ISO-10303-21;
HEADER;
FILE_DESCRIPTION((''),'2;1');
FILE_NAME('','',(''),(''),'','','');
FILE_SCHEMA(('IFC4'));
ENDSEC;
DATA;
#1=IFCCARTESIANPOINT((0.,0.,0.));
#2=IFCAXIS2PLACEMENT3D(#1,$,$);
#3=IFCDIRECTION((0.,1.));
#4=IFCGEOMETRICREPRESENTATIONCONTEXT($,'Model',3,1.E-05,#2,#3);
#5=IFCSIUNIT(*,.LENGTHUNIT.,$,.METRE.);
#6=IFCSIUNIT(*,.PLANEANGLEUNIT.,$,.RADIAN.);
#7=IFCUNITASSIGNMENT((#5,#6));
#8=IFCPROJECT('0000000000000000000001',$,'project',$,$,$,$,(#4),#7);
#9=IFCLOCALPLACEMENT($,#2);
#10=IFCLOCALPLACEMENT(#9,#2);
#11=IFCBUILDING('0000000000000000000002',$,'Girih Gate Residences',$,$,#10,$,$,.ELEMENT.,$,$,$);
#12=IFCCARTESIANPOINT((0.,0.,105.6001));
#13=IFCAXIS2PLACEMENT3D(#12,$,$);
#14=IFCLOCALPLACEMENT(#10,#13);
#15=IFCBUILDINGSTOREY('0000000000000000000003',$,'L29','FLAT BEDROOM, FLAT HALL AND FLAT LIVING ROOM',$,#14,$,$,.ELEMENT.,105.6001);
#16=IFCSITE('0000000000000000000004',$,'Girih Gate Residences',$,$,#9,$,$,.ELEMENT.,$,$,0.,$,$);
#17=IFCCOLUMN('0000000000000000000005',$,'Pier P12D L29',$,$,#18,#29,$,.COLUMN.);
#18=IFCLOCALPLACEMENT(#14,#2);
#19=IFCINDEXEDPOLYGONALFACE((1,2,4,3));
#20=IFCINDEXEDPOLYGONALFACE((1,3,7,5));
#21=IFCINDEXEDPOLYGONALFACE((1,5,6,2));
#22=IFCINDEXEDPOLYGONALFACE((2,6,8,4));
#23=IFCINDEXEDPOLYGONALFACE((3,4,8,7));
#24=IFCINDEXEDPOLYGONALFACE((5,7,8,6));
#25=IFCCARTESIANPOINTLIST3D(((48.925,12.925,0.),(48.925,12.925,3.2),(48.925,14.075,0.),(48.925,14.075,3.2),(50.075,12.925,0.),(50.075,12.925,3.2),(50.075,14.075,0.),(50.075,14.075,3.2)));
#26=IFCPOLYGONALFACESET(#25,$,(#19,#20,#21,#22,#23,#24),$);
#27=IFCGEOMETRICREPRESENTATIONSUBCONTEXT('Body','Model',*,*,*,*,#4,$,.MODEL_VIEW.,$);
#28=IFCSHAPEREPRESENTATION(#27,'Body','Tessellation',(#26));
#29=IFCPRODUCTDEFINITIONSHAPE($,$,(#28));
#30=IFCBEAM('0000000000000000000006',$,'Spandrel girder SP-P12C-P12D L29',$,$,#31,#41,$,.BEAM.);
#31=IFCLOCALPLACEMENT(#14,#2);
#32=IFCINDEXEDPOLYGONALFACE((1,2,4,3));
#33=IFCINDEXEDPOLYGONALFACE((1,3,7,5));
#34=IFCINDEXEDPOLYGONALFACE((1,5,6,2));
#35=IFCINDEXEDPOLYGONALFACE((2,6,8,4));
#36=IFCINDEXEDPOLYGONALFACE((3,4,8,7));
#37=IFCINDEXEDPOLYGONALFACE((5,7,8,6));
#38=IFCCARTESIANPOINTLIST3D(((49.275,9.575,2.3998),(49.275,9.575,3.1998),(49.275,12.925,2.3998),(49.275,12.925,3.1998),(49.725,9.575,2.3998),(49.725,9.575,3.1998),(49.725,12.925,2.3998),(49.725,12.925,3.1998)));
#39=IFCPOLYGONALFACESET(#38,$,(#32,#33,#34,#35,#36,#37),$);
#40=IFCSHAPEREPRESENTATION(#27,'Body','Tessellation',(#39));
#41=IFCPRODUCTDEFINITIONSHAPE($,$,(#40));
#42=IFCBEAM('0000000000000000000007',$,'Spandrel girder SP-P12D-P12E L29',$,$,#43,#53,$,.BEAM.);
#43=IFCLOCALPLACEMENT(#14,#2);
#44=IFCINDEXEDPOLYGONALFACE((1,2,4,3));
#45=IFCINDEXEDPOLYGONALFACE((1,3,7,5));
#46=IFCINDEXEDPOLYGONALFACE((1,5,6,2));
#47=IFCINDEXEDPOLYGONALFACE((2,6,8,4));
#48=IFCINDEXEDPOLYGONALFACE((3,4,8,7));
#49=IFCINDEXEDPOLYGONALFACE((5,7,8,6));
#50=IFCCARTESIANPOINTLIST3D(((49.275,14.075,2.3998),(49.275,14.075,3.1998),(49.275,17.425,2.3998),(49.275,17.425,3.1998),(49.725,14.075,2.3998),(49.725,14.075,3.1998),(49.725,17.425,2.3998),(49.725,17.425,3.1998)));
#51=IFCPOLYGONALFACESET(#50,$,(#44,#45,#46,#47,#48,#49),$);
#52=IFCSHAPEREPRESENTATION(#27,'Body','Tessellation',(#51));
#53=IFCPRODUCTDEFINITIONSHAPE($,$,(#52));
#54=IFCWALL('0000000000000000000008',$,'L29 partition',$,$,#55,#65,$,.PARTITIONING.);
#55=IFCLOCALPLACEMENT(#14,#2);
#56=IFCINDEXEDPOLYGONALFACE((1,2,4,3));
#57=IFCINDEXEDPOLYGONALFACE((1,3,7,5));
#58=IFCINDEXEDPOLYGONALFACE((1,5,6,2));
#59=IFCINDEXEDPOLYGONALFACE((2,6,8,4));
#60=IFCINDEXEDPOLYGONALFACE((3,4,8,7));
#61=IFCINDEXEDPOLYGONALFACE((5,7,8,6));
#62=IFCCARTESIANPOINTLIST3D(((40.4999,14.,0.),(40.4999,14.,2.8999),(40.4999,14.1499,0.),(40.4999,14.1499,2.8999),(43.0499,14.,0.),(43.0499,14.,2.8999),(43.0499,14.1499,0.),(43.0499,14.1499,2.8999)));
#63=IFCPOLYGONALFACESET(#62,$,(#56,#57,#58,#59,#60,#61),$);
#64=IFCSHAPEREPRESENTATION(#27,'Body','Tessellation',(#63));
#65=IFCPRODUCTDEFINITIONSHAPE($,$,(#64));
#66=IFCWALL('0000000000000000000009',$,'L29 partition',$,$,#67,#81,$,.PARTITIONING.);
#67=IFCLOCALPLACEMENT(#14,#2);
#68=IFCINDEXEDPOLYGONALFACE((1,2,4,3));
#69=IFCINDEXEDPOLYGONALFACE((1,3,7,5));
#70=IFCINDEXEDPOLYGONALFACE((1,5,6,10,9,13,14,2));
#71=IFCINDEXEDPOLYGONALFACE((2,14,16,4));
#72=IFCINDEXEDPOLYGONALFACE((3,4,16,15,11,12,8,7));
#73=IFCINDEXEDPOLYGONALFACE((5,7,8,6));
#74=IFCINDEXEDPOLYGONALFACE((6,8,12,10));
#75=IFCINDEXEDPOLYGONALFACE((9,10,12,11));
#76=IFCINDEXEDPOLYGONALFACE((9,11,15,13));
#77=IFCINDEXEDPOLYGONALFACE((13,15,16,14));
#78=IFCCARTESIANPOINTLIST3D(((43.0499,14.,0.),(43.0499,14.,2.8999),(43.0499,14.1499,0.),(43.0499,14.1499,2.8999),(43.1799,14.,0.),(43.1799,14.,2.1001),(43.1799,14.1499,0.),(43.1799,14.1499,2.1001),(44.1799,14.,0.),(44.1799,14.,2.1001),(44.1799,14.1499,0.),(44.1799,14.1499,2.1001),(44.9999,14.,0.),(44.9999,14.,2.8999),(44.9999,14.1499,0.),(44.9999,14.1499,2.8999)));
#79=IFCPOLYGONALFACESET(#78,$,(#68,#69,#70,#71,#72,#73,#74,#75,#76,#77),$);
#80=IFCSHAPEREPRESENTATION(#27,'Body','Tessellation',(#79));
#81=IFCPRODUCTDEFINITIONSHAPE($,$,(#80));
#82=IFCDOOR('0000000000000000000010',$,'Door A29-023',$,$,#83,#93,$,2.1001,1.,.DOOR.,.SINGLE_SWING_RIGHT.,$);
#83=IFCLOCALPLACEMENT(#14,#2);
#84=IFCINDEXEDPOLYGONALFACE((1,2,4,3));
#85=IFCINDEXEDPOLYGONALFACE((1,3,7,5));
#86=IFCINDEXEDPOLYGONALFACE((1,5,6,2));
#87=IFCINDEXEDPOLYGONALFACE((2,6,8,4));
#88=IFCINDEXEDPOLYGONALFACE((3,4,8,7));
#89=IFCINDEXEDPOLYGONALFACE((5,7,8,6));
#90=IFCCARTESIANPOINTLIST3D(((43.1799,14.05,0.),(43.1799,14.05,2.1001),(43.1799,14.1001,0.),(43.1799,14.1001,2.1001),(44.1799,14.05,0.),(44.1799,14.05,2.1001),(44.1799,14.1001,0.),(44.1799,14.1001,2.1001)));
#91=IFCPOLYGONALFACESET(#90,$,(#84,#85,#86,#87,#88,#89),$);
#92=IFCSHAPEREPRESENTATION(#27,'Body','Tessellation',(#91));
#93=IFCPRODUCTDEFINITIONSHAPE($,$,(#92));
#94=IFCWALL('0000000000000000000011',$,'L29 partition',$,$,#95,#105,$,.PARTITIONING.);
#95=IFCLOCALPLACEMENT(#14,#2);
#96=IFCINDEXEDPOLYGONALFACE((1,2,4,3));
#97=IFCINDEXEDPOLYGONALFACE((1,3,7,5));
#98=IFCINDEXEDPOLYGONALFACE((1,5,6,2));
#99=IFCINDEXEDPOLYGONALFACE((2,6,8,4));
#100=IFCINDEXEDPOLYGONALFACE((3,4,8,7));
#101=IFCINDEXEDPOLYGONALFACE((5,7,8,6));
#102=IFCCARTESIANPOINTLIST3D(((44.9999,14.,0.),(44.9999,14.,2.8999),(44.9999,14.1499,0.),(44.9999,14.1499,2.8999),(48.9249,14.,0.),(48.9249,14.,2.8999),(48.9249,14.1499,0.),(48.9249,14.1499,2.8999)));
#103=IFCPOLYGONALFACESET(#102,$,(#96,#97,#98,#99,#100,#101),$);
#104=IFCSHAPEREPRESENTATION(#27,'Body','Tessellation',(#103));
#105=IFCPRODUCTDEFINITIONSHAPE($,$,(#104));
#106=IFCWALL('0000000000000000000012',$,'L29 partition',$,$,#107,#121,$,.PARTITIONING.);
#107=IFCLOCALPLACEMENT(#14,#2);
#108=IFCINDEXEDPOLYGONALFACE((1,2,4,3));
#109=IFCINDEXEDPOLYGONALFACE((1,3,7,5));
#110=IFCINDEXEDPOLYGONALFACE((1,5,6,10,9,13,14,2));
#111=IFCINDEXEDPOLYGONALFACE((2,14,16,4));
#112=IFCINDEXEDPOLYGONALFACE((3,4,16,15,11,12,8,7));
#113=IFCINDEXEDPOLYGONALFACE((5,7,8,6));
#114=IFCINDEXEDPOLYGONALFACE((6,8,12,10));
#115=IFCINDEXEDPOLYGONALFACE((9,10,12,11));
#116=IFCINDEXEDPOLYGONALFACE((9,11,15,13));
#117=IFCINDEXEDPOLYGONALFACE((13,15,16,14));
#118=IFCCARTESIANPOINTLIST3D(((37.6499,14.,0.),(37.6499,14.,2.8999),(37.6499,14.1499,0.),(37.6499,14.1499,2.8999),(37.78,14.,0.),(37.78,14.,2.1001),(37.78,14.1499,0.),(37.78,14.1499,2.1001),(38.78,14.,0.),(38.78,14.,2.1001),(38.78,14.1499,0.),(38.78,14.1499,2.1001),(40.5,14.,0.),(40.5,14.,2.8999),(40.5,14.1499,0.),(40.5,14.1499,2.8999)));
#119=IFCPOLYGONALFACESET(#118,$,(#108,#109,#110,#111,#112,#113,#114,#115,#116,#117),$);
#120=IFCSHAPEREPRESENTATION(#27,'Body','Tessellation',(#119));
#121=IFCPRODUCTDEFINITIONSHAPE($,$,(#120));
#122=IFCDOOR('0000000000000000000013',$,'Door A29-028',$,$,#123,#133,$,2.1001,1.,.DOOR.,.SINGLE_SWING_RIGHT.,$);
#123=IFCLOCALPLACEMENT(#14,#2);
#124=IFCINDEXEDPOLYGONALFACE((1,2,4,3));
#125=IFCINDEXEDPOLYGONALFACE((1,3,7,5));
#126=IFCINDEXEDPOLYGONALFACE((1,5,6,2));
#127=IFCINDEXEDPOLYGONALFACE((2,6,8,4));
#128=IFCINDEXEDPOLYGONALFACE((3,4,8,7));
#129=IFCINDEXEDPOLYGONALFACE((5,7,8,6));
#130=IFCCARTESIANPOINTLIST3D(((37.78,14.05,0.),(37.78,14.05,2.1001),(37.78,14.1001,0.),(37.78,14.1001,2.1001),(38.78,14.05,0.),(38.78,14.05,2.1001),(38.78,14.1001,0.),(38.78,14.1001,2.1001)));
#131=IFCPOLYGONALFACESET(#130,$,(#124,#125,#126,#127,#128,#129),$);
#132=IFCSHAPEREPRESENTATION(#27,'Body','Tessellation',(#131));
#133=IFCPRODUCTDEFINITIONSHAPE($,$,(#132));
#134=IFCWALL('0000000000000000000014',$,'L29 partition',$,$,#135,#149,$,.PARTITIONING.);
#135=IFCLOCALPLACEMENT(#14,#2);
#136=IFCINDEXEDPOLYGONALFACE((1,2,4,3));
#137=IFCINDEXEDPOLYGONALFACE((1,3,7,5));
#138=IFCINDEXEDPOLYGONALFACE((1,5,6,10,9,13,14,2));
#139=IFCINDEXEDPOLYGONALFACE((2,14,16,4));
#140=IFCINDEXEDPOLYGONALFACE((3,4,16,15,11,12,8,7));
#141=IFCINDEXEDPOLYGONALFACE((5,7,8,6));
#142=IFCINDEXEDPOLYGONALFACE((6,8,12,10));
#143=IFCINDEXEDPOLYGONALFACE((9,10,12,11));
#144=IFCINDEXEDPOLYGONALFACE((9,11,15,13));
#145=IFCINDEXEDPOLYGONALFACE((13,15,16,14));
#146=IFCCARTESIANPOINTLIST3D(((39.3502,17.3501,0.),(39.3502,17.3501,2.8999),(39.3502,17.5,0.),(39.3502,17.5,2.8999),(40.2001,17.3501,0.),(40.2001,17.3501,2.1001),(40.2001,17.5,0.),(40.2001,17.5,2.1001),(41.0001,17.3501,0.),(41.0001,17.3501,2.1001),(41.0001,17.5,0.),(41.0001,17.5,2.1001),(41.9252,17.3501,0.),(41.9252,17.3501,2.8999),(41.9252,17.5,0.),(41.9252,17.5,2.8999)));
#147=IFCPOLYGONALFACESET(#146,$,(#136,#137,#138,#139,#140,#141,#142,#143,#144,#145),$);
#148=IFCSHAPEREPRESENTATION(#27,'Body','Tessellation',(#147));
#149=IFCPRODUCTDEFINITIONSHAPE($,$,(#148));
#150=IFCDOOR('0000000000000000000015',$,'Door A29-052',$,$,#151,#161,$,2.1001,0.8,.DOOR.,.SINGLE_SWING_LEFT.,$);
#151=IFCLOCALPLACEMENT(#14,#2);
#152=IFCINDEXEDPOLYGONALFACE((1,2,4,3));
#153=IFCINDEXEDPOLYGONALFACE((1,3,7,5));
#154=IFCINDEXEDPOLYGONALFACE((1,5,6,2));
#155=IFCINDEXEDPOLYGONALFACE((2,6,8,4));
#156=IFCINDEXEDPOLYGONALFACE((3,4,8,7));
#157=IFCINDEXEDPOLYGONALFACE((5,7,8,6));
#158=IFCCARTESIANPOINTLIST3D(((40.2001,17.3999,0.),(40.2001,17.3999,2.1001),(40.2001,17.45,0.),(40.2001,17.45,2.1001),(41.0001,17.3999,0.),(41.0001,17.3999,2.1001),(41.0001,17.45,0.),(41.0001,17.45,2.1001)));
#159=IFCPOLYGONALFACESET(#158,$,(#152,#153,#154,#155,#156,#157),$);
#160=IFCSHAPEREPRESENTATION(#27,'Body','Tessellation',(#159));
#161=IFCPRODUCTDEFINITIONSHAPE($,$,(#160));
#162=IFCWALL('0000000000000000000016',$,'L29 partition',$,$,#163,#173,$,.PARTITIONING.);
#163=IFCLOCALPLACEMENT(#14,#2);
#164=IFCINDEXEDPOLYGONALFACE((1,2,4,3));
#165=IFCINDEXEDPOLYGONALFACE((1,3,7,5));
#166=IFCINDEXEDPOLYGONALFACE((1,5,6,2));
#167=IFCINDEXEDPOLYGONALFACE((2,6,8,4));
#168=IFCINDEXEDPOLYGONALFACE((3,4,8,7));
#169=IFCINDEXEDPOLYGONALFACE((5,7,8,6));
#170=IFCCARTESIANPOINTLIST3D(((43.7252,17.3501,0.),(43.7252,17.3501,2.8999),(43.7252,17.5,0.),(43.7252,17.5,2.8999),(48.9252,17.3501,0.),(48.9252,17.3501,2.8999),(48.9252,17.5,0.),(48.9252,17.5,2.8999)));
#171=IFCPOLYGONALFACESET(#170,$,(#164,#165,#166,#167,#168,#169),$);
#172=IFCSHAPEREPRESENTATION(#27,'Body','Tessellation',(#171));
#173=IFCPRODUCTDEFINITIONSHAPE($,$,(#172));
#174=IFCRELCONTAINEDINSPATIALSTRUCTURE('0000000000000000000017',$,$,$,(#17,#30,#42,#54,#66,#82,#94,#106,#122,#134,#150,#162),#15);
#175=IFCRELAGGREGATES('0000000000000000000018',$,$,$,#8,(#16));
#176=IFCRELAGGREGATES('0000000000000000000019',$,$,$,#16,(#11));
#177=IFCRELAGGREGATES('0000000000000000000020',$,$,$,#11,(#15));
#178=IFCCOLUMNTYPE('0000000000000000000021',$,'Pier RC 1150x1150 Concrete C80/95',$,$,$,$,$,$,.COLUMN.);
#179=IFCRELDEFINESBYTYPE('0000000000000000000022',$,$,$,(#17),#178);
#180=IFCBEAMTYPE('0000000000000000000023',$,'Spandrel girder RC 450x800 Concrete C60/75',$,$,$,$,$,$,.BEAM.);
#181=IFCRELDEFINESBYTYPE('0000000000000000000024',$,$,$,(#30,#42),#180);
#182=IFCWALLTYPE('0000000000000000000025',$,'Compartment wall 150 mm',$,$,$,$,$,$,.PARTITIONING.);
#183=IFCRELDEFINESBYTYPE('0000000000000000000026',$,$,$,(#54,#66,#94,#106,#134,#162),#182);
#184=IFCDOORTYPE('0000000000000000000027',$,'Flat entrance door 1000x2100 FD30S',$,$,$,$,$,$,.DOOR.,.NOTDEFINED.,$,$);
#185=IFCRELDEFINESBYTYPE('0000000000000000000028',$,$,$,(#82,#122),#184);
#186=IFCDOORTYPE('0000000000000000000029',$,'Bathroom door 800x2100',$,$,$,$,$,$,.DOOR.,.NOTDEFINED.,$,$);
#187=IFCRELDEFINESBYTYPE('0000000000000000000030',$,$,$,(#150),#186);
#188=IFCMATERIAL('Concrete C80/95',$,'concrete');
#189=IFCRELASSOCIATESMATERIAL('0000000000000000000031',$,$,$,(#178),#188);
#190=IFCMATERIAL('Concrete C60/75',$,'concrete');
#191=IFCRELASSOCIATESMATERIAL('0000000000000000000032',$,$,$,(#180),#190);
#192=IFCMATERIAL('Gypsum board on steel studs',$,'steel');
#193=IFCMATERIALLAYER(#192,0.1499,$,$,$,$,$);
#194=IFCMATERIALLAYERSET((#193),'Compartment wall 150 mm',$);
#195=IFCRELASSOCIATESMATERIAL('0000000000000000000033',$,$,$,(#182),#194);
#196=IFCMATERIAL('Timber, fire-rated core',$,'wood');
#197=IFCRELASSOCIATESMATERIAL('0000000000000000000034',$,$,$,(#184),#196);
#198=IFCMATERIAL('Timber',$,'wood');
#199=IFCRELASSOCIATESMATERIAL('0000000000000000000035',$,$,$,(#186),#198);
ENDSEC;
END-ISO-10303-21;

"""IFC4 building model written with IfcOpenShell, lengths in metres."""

from ifc_helpers import new_model, si_unit, direction, frame, frame_2d, origin, origin_2d, place, context, subcontext, project, spatial, rectangle, extrude, material, layer, layer_set, material_profile, profile_set, type_object, element, fill, save


model = new_model("IFC4")

# Units and contexts
model_context = context("Model", 3, precision=1e-05, world=origin(), true_north=direction((0.0, 1.0)))
body_context = subcontext(model_context, "Body", "Model", "MODEL_VIEW")
ifc_project = project(units=[si_unit("LENGTHUNIT", "METRE"), si_unit("PLANEANGLEUNIT", "RADIAN")], contexts=[model_context])

# Site, building, storey
site_placement = place(None, origin())
site = spatial("IfcSite", under=ifc_project, at=site_placement, Name="Girih Gate Residences", CompositionType="ELEMENT", RefElevation=0.0)
building_placement = place(site_placement, origin())
building = spatial("IfcBuilding", under=site, at=building_placement, Name="Girih Gate Residences", CompositionType="ELEMENT")
storey_placement = place(building_placement, frame((0.0, 0.0, 105.6001)))
storey = spatial("IfcBuildingStorey", under=building, at=storey_placement, Name="L29", Description="FLAT BEDROOM, FLAT HALL AND FLAT LIVING ROOM", CompositionType="ELEMENT", Elevation=105.6001)

# Column
ifc_material_1 = material(Name="Concrete C80/95", Category="concrete")
ifc_material_profile_1 = material_profile(ifc_material_1, rectangle(XDim=1.1499, YDim=1.1499, at=origin_2d()))
ifc_profile_set_1 = profile_set([ifc_material_profile_1], Name="Concrete C80/95")
column_type = type_object("IfcColumnType", Name="Pier RC 1150x1150 Concrete C80/95", PredefinedType="COLUMN", material=ifc_profile_set_1)
column_placement = place(storey_placement, frame((49.5, 13.5, 0.0), z_axis=(0.0, 0.0, 1.0), x_axis=(1.0, 0.0, 0.0)))
element("IfcColumn", 1, at=column_placement, inside=storey, type_object=column_type, Name="Pier P12D L29", PredefinedType="COLUMN", context=body_context, shape_type="SweptSolid", body=[
    extrude(rectangle(XDim=1.1499, YDim=1.1499, at=origin_2d()), origin(), (0.0, 0.0, 1.0), 3.2),
])

# Beams
ifc_material_2 = material(Name="Concrete C60/75", Category="concrete")
ifc_material_profile_2 = material_profile(ifc_material_2, rectangle(XDim=0.45, YDim=0.8, at=origin_2d()))
ifc_profile_set_2 = profile_set([ifc_material_profile_2], Name="Concrete C60/75")
beam_type = type_object("IfcBeamType", Name="Spandrel girder RC 450x800 Concrete C60/75", PredefinedType="BEAM", material=ifc_profile_set_2)
for number, where, z_axis, x_axis, name in (
    (2, (49.5, 9.575, 2.7998), (0.0, 1.0, 0.0), (-1.0, 0.0, 0.0), "Spandrel girder SP-P12C-P12D L29"),
    (3, (49.5, 14.075, 2.7998), (0.0, 1.0, 0.0), (-1.0, 0.0, 0.0), "Spandrel girder SP-P12D-P12E L29"),
):
    element("IfcBeam", number, at=place(storey_placement, frame(where, z_axis=z_axis, x_axis=x_axis)), inside=storey, type_object=beam_type, Name=name, PredefinedType="BEAM", context=body_context, shape_type="SweptSolid", body=[
        extrude(rectangle(XDim=0.45, YDim=0.8, at=origin_2d()), origin(), (0.0, 0.0, 1.0), 3.3501),
    ])

# Wall
ifc_material_3 = material(Name="Gypsum board on steel studs", Category="steel")
ifc_layer_1 = layer(ifc_material_3, 0.1499)
ifc_layer_set_1 = layer_set([ifc_layer_1], Name="Compartment wall 150 mm")
wall_type_1 = type_object("IfcWallType", Name="Compartment wall 150 mm", PredefinedType="PARTITIONING", material=ifc_layer_set_1)
wall_1_placement = place(storey_placement, frame((40.5, 14.075, 0.0), z_axis=(0.0, 0.0, 1.0), x_axis=(1.0, 0.0, 0.0)))
element("IfcWall", 4, at=wall_1_placement, inside=storey, type_object=wall_type_1, Name="L29 partition", PredefinedType="PARTITIONING", context=body_context, shape_type="SweptSolid", body=[
    extrude(rectangle(XDim=2.55, YDim=0.1499, at=frame_2d((1.2749, 0.0))), origin(), (0.0, 0.0, 1.0), 2.8999),
])

# Wall, opening, door
wall_2_placement = place(storey_placement, frame((45.0, 14.075, 0.0), z_axis=(0.0, 0.0, 1.0), x_axis=(-1.0, 0.0, 0.0)))
wall_2 = element("IfcWall", 5, at=wall_2_placement, inside=storey, type_object=wall_type_1, Name="L29 partition", PredefinedType="PARTITIONING", context=body_context, shape_type="SweptSolid", body=[
    extrude(rectangle(XDim=1.95, YDim=0.1499, at=frame_2d((0.9751, 0.0))), origin(), (0.0, 0.0, 1.0), 2.8999),
])
opening_1_placement = place(wall_2_placement, frame((0.8201, 0.0, 0.0)))
opening_1 = element("IfcOpeningElement", 6, at=opening_1_placement, cuts=wall_2, PredefinedType="OPENING", context=body_context, shape_type="SweptSolid", body=[
    extrude(rectangle(XDim=1.0, YDim=2.1001, at=frame_2d((0.5, 1.05))), frame((0.0, 0.085, 0.0), z_axis=(0.0, -1.0, 0.0), x_axis=(1.0, 0.0, 0.0)), (0.0, 0.0, 1.0), 0.1699),
])
ifc_material_4 = material(Name="Timber, fire-rated core", Category="wood")
door_type_1 = type_object("IfcDoorType", Name="Flat entrance door 1000x2100 FD30S", OperationType="NOTDEFINED", PredefinedType="DOOR", material=ifc_material_4)
door_1_placement = place(opening_1_placement, origin())
door_1 = element("IfcDoor", 7, at=door_1_placement, inside=storey, type_object=door_type_1, Name="Door A29-023", OperationType="SINGLE_SWING_RIGHT", OverallHeight=2.1001, OverallWidth=1.0, PredefinedType="DOOR", context=body_context, shape_type="SweptSolid", body=[
    extrude(rectangle(XDim=1.0, YDim=2.1001, at=frame_2d((0.5, 1.05))), frame((0.0, 0.0249, 0.0), z_axis=(0.0, -1.0, 0.0), x_axis=(1.0, 0.0, 0.0)), (0.0, 0.0, 1.0), 0.05),
])
fill(opening_1, door_1)

# Wall
wall_3_placement = place(storey_placement, frame((45.0, 14.075, 0.0), z_axis=(0.0, 0.0, 1.0), x_axis=(1.0, 0.0, 0.0)))
element("IfcWall", 8, at=wall_3_placement, inside=storey, type_object=wall_type_1, Name="L29 partition", PredefinedType="PARTITIONING", context=body_context, shape_type="SweptSolid", body=[
    extrude(rectangle(XDim=3.925, YDim=0.1499, at=frame_2d((1.9624, 0.0))), origin(), (0.0, 0.0, 1.0), 2.8999),
])

# Walls, openings, doors
wall_4_placement = place(storey_placement, frame((40.5, 14.075, 0.0), z_axis=(0.0, 0.0, 1.0), x_axis=(-1.0, 0.0, 0.0)))
wall_4 = element("IfcWall", 9, at=wall_4_placement, inside=storey, type_object=wall_type_1, Name="L29 partition", PredefinedType="PARTITIONING", context=body_context, shape_type="SweptSolid", body=[
    extrude(rectangle(XDim=2.8501, YDim=0.1499, at=frame_2d((1.425, 0.0))), origin(), (0.0, 0.0, 1.0), 2.8999),
])
opening_2_placement = place(wall_4_placement, frame((1.72, 0.0, 0.0)))
opening_2 = element("IfcOpeningElement", 10, at=opening_2_placement, cuts=wall_4, PredefinedType="OPENING", context=body_context, shape_type="SweptSolid", body=[
    extrude(rectangle(XDim=1.0, YDim=2.1001, at=frame_2d((0.5, 1.05))), frame((0.0, 0.085, 0.0), z_axis=(0.0, -1.0, 0.0), x_axis=(1.0, 0.0, 0.0)), (0.0, 0.0, 1.0), 0.1699),
])
door_2_placement = place(opening_2_placement, origin())
door_2 = element("IfcDoor", 11, at=door_2_placement, inside=storey, type_object=door_type_1, Name="Door A29-028", OperationType="SINGLE_SWING_RIGHT", OverallHeight=2.1001, OverallWidth=1.0, PredefinedType="DOOR", context=body_context, shape_type="SweptSolid", body=[
    extrude(rectangle(XDim=1.0, YDim=2.1001, at=frame_2d((0.5, 1.05))), frame((0.0, 0.0249, 0.0), z_axis=(0.0, -1.0, 0.0), x_axis=(1.0, 0.0, 0.0)), (0.0, 0.0, 1.0), 0.05),
])
fill(opening_2, door_2)
wall_5_placement = place(storey_placement, frame((39.3501, 17.425, 0.0), z_axis=(0.0, 0.0, 1.0), x_axis=(1.0, 0.0, 0.0)))
wall_5 = element("IfcWall", 12, at=wall_5_placement, inside=storey, type_object=wall_type_1, Name="L29 partition", PredefinedType="PARTITIONING", context=body_context, shape_type="SweptSolid", body=[
    extrude(rectangle(XDim=2.575, YDim=0.1499, at=frame_2d((1.2876, 0.0))), origin(), (0.0, 0.0, 1.0), 2.8999),
])
opening_3_placement = place(wall_5_placement, frame((0.8501, 0.0, 0.0)))
opening_3 = element("IfcOpeningElement", 13, at=opening_3_placement, cuts=wall_5, PredefinedType="OPENING", context=body_context, shape_type="SweptSolid", body=[
    extrude(rectangle(XDim=0.8, YDim=2.1001, at=frame_2d((0.3999, 1.05))), frame((0.0, 0.085, 0.0), z_axis=(0.0, -1.0, 0.0), x_axis=(1.0, 0.0, 0.0)), (0.0, 0.0, 1.0), 0.1699),
])
ifc_material_5 = material(Name="Timber", Category="wood")
door_type_2 = type_object("IfcDoorType", Name="Bathroom door 800x2100", OperationType="NOTDEFINED", PredefinedType="DOOR", material=ifc_material_5)
door_3_placement = place(opening_3_placement, origin())
door_3 = element("IfcDoor", 14, at=door_3_placement, inside=storey, type_object=door_type_2, Name="Door A29-052", OperationType="SINGLE_SWING_LEFT", OverallHeight=2.1001, OverallWidth=0.8, PredefinedType="DOOR", context=body_context, shape_type="SweptSolid", body=[
    extrude(rectangle(XDim=0.8, YDim=2.1001, at=frame_2d((0.3999, 1.05))), frame((0.0, 0.0249, 0.0), z_axis=(0.0, -1.0, 0.0), x_axis=(1.0, 0.0, 0.0)), (0.0, 0.0, 1.0), 0.05),
])
fill(opening_3, door_3)

# Wall
wall_6_placement = place(storey_placement, frame((43.7251, 17.425, 0.0), z_axis=(0.0, 0.0, 1.0), x_axis=(1.0, 0.0, 0.0)))
element("IfcWall", 15, at=wall_6_placement, inside=storey, type_object=wall_type_1, Name="L29 partition", PredefinedType="PARTITIONING", context=body_context, shape_type="SweptSolid", body=[
    extrude(rectangle(XDim=5.2, YDim=0.1499, at=frame_2d((2.6001, 0.0))), origin(), (0.0, 0.0, 1.0), 2.8999),
])

save(model, "model.ifc")
